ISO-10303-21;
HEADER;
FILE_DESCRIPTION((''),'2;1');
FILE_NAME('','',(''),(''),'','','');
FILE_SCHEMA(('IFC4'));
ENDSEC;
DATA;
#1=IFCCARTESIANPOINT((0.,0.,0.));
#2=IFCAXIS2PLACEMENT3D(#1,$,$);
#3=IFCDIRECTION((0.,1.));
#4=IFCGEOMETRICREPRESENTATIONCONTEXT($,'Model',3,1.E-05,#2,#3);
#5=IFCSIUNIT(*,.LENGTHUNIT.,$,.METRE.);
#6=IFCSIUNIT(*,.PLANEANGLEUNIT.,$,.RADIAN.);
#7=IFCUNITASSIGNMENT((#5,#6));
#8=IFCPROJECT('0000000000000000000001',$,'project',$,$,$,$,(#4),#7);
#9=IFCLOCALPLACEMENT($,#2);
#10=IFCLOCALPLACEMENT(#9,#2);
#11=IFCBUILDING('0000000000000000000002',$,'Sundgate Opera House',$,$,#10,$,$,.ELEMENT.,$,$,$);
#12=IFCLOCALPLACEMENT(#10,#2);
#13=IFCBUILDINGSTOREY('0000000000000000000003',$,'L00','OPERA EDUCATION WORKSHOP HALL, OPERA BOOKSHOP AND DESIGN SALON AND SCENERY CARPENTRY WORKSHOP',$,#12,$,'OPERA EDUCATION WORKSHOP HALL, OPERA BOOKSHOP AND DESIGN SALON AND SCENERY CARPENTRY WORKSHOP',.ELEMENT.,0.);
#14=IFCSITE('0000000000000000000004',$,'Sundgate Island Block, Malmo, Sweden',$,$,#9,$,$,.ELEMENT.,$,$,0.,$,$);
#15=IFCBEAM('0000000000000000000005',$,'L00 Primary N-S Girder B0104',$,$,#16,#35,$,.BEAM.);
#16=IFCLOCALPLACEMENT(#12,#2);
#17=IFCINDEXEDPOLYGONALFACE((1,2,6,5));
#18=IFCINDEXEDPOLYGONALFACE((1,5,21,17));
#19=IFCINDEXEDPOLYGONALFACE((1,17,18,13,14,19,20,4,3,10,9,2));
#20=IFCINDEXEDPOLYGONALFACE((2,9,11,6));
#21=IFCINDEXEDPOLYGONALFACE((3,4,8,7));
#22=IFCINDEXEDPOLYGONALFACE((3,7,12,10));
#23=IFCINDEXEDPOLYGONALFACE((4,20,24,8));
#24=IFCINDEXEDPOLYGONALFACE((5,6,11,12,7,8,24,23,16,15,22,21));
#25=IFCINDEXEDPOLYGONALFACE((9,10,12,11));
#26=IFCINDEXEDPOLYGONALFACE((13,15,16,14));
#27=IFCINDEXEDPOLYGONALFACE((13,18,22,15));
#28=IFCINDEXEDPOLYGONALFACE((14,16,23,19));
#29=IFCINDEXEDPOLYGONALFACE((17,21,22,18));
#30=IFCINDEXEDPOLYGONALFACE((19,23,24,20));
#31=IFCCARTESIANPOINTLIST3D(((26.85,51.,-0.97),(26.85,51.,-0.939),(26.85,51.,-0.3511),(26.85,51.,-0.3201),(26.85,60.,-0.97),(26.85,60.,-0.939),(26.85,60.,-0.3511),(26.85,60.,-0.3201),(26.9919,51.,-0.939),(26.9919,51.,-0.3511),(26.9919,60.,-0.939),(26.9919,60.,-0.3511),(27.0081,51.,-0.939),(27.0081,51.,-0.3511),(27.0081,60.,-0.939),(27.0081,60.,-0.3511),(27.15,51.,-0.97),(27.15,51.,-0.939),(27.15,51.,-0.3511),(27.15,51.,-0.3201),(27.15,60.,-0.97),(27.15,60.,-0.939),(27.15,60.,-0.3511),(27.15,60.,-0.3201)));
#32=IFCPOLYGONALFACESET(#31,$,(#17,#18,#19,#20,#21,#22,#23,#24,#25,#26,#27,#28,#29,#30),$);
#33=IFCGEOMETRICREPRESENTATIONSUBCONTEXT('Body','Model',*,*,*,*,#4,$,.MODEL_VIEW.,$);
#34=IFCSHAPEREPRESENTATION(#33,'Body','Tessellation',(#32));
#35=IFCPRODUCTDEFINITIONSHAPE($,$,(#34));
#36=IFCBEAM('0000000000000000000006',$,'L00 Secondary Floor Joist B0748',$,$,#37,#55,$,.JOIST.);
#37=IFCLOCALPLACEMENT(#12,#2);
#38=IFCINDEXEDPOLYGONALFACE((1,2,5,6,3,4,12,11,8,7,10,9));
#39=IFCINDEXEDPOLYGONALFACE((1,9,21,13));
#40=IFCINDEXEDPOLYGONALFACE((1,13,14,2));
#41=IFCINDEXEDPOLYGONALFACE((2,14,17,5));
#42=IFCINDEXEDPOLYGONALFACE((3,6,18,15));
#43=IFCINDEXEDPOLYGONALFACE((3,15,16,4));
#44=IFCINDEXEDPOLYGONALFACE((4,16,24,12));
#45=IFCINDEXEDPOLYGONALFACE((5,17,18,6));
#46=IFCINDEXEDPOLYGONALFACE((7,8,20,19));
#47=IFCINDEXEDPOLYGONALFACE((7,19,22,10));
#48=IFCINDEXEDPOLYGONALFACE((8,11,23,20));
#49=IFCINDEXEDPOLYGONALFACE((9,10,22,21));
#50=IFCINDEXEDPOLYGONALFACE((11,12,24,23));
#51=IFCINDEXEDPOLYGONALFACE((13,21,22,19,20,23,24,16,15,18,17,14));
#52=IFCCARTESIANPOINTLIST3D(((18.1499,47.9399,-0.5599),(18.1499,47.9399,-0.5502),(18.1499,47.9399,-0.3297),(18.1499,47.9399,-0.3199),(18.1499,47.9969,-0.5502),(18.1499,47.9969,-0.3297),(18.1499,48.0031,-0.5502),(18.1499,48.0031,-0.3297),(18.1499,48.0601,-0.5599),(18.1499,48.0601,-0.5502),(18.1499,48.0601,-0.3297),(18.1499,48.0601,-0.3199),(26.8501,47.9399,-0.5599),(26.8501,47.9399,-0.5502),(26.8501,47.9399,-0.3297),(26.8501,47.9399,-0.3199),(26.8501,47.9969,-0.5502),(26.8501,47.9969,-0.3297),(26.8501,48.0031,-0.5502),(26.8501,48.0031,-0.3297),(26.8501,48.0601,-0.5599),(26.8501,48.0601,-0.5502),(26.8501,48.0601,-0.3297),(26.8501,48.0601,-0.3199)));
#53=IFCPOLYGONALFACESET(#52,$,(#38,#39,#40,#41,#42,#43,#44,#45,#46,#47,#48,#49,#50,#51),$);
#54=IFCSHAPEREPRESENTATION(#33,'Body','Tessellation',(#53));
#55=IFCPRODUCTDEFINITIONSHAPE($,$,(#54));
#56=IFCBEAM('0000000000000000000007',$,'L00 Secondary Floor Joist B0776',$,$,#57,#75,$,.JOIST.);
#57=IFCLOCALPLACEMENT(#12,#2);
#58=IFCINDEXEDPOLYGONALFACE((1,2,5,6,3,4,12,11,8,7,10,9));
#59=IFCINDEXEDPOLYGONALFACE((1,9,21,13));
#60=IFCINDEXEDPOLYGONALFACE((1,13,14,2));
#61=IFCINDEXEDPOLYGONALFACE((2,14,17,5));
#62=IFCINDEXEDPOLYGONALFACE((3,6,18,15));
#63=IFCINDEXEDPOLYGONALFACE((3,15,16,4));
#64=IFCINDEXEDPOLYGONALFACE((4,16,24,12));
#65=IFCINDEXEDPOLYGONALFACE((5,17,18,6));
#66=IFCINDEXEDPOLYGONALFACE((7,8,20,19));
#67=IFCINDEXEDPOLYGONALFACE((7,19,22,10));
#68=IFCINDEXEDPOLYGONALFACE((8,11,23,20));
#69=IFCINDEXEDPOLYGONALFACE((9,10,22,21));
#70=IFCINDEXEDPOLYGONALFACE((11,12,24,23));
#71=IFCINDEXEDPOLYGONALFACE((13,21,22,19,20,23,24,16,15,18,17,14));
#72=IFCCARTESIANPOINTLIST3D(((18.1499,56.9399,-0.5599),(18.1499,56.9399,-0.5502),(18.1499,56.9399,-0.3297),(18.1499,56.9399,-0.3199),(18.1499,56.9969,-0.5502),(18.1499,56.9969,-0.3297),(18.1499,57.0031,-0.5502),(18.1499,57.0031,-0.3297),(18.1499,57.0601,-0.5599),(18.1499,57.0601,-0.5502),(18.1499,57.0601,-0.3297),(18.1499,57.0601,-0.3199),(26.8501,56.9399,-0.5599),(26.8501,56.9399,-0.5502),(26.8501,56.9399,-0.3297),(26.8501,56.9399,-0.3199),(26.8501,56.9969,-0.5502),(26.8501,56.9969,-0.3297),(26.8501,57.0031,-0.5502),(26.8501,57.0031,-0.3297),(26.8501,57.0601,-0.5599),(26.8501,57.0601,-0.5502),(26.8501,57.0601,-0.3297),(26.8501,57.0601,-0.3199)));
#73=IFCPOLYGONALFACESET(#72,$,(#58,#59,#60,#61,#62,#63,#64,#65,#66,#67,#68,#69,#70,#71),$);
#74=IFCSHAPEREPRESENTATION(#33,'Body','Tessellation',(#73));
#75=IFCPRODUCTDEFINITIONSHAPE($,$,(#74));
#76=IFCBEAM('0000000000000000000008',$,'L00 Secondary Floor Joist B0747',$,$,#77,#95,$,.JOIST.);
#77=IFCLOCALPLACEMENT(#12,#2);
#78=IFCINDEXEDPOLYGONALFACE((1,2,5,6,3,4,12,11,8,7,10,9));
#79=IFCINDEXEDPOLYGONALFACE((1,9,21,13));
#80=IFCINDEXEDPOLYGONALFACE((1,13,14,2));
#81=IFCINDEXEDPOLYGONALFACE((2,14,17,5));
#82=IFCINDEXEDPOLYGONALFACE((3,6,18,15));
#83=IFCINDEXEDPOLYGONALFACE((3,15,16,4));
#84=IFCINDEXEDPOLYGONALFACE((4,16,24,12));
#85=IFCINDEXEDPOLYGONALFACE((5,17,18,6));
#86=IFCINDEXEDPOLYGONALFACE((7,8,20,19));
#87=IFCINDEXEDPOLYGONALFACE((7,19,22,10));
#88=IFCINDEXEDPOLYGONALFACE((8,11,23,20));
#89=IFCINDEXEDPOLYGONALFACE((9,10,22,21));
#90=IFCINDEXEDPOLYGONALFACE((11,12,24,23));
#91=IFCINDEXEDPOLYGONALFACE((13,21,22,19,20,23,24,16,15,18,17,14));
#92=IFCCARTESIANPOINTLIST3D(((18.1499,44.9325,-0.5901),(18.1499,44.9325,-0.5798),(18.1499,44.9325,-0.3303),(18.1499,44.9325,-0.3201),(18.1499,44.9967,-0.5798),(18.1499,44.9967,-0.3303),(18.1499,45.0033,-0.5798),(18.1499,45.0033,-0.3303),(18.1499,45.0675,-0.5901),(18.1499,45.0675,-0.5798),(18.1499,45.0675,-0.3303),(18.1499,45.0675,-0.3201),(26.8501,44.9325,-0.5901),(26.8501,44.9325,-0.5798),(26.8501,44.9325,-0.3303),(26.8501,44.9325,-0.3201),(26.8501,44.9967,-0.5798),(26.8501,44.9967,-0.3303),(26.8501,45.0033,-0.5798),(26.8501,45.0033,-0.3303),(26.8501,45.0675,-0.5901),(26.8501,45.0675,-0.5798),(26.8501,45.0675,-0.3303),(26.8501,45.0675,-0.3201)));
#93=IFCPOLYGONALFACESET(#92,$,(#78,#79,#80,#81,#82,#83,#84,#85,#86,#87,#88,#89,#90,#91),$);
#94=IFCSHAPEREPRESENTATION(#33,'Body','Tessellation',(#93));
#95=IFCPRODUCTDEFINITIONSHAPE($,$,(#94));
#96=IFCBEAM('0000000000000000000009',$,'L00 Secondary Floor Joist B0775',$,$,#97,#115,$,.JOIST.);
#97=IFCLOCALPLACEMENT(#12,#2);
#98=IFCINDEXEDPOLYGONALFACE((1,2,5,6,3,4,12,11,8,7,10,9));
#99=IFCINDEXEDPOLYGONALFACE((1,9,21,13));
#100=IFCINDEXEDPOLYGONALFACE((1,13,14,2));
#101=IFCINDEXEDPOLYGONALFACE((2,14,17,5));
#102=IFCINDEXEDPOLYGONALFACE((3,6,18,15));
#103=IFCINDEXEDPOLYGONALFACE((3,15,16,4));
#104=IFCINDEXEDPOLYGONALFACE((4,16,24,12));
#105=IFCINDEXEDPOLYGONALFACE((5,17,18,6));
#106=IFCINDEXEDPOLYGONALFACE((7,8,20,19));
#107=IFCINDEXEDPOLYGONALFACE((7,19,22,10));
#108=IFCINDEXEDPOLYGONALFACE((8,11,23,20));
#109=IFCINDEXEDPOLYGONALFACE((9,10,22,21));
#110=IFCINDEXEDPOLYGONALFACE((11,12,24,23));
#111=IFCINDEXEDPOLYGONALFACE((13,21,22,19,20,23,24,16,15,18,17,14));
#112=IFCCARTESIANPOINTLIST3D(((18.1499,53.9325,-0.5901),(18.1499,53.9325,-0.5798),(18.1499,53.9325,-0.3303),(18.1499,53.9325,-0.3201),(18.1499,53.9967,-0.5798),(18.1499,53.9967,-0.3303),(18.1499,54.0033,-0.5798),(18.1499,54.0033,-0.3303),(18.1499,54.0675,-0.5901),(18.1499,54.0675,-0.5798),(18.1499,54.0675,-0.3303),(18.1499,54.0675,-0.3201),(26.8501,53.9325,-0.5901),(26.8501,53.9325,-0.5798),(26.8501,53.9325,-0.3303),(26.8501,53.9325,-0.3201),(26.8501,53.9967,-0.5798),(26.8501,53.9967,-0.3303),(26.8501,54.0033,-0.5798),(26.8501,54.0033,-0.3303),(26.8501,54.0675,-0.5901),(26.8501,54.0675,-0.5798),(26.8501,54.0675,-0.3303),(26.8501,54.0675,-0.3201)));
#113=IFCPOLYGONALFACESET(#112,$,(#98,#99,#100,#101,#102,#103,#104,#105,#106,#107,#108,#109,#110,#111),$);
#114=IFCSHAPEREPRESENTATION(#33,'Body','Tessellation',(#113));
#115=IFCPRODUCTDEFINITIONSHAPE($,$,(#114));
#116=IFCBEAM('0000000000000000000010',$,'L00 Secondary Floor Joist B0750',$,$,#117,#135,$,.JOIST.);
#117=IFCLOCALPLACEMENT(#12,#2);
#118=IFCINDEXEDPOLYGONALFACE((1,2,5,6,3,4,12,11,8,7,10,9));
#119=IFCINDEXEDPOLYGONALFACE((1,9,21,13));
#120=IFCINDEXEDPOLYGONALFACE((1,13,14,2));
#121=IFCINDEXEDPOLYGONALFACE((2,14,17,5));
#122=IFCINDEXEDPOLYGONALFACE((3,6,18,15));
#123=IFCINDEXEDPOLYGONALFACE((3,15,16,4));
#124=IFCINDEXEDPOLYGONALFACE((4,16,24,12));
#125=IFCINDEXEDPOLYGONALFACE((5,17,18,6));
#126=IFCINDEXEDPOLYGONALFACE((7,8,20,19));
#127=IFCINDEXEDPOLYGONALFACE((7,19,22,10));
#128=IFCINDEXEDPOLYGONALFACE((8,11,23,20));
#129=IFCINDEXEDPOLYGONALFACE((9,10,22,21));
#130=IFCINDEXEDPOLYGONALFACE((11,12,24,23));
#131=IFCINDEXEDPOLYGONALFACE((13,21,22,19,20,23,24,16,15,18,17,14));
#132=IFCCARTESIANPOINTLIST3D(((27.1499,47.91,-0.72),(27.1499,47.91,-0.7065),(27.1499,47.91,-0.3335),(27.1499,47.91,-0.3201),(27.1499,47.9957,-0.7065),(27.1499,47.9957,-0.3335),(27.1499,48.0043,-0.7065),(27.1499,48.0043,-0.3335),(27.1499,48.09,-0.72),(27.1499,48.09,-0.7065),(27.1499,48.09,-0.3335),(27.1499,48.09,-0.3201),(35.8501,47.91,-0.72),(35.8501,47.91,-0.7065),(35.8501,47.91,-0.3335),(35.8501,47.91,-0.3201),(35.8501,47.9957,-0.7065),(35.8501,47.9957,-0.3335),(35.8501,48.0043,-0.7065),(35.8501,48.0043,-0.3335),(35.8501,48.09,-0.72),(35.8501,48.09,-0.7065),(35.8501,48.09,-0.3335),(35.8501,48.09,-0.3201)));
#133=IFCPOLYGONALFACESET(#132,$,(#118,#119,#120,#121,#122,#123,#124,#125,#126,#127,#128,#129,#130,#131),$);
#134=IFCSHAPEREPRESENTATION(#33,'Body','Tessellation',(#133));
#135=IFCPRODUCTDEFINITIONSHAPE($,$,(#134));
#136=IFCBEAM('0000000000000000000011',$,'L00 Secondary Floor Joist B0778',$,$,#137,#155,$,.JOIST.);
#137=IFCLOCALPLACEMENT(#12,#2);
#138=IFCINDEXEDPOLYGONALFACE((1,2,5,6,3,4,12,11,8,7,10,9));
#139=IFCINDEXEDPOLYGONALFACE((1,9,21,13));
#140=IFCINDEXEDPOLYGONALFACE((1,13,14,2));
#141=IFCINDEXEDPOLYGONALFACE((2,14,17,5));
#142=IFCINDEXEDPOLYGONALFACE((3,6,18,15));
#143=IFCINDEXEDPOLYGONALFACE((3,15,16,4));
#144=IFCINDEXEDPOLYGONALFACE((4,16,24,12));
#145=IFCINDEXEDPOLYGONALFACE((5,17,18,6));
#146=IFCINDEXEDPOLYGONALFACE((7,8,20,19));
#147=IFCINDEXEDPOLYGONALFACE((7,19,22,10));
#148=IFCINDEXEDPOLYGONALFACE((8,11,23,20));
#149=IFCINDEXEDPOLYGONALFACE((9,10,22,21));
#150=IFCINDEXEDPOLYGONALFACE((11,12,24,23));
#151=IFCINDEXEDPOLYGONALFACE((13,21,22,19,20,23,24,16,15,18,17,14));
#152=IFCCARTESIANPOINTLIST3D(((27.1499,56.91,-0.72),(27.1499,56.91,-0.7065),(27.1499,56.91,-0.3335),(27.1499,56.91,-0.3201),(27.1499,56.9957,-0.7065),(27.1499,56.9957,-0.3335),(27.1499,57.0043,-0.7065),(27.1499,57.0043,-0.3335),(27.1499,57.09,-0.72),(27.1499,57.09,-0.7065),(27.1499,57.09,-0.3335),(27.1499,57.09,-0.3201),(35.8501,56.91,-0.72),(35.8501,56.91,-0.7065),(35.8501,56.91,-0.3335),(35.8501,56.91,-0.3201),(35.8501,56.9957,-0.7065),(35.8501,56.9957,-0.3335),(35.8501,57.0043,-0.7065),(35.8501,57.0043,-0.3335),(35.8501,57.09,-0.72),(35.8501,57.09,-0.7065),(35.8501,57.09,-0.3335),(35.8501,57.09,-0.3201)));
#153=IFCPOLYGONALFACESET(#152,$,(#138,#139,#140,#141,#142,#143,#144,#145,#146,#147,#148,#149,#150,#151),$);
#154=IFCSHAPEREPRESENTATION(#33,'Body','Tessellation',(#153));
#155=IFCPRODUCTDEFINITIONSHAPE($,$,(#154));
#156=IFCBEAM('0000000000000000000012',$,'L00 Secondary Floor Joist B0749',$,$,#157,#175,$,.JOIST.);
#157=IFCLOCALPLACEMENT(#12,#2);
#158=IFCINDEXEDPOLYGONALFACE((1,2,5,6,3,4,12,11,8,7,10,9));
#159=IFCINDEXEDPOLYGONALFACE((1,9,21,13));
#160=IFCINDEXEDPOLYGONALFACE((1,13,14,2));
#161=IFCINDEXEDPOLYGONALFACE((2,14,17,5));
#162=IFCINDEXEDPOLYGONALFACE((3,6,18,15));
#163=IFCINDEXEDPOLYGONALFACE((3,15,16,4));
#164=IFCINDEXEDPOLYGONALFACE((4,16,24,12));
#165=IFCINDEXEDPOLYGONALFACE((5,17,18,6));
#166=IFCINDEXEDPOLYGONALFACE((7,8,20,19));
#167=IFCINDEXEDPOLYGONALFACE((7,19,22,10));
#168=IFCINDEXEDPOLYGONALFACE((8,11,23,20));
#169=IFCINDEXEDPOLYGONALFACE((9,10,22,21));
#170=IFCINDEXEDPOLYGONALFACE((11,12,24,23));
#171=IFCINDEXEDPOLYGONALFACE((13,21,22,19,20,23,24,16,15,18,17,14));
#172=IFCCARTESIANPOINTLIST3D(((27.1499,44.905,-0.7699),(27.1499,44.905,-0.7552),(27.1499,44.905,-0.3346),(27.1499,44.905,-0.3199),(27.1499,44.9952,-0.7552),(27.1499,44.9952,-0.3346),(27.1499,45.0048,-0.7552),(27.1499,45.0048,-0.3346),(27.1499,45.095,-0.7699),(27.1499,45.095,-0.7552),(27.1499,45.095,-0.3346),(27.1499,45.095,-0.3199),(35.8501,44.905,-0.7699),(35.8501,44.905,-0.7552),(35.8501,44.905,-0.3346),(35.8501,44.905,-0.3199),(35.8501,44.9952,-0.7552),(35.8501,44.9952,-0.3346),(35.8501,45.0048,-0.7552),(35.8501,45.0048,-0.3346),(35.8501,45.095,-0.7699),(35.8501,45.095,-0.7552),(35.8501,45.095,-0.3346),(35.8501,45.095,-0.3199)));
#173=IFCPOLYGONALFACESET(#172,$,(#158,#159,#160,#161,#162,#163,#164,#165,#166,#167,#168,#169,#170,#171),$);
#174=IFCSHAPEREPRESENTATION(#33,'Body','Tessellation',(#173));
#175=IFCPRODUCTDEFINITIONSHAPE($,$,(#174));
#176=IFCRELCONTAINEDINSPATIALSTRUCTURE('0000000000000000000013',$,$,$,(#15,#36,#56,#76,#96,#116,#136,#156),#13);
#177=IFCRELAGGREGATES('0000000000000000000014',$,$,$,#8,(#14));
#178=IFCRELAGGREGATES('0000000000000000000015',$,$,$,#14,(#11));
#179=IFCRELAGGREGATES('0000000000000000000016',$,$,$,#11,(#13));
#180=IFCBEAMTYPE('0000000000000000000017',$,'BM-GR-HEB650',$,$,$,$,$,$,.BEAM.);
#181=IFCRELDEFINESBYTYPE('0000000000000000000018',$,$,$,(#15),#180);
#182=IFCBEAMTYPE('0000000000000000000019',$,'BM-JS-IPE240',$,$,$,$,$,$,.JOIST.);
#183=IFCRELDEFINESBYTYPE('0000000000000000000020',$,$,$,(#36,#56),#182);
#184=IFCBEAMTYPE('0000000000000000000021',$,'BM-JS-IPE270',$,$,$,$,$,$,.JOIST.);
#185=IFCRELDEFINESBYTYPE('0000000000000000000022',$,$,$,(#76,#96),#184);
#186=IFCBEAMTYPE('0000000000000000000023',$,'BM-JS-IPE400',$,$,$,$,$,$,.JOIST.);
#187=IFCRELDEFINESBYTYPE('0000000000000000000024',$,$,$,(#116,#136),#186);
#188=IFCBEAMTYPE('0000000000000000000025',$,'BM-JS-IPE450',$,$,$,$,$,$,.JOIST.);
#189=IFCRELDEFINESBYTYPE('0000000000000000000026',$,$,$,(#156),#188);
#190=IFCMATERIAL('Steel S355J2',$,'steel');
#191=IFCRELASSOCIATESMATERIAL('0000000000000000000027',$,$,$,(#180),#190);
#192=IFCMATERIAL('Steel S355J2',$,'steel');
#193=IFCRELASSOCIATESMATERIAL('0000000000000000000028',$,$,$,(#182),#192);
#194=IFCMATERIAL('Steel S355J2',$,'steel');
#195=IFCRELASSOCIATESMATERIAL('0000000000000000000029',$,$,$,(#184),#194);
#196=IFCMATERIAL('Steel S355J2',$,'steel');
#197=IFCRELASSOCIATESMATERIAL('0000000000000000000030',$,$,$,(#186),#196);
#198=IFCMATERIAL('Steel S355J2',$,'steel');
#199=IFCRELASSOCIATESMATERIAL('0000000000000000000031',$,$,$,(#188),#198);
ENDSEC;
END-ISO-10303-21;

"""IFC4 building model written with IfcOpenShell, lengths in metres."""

from ifc_helpers import new_model, si_unit, direction, frame, origin, origin_2d, place, context, subcontext, project, spatial, i_section, extrude, material, material_profile, profile_set, type_object, element, save


model = new_model("IFC4")

# Units and contexts
model_context = context("Model", 3, precision=1e-05, world=origin(), true_north=direction((0.0, 1.0)))
body_context = subcontext(model_context, "Body", "Model", "MODEL_VIEW")
ifc_project = project(units=[si_unit("LENGTHUNIT", "METRE"), si_unit("PLANEANGLEUNIT", "RADIAN")], contexts=[model_context])

# Site, building, storey
site_placement = place(None, origin())
site = spatial("IfcSite", under=ifc_project, at=site_placement, Name="Sundgate Island Block, Malmo, Sweden", CompositionType="ELEMENT", RefElevation=0.0)
building_placement = place(site_placement, origin())
building = spatial("IfcBuilding", under=site, at=building_placement, Name="Sundgate Opera House", CompositionType="ELEMENT")
storey_placement = place(building_placement, origin())
storey = spatial("IfcBuildingStorey", under=building, at=storey_placement, Name="L00", Description="OPERA EDUCATION WORKSHOP HALL, OPERA BOOKSHOP AND DESIGN SALON AND SCENERY CARPENTRY WORKSHOP", LongName="OPERA EDUCATION WORKSHOP HALL, OPERA BOOKSHOP AND DESIGN SALON AND SCENERY CARPENTRY WORKSHOP", CompositionType="ELEMENT", Elevation=0.0)

# Beams
ifc_material_1 = material(Name="Steel S355J2", Category="steel")
ifc_material_profile_1 = material_profile(ifc_material_1, i_section(OverallWidth=0.3, OverallDepth=0.6499, WebThickness=0.0161, FlangeThickness=0.031, at=origin_2d()), Name="HEB 650")
ifc_profile_set_1 = profile_set([ifc_material_profile_1], Name="Steel S355J2")
beam_type_1 = type_object("IfcBeamType", Name="BM-GR-HEB650", PredefinedType="BEAM", material=ifc_profile_set_1)
beam_1_placement = place(storey_placement, frame((27.0, 51.0, -0.645), z_axis=(0.0, 1.0, 0.0), x_axis=(-1.0, 0.0, 0.0)))
element("IfcBeam", 1, at=beam_1_placement, inside=storey, type_object=beam_type_1, Name="L00 Primary N-S Girder B0104", PredefinedType="BEAM", context=body_context, shape_type="SweptSolid", body=[
    extrude(i_section(OverallWidth=0.3, OverallDepth=0.6499, WebThickness=0.0161, FlangeThickness=0.031, at=origin_2d()), origin(), (0.0, 0.0, 1.0), 9.0),
])
ifc_material_2 = material(Name="Steel S355J2", Category="steel")
ifc_material_profile_2 = material_profile(ifc_material_2, i_section(OverallWidth=0.1201, OverallDepth=0.24, WebThickness=0.0061, FlangeThickness=0.0098, at=origin_2d()), Name="IPE 240")
ifc_profile_set_2 = profile_set([ifc_material_profile_2], Name="Steel S355J2")
beam_type_2 = type_object("IfcBeamType", Name="BM-JS-IPE240", PredefinedType="JOIST", material=ifc_profile_set_2)
for number, where, z_axis, x_axis, name in (
    (2, (18.1499, 48.0, -0.4399), (1.0, 0.0, 0.0), (0.0, 1.0, 0.0), "L00 Secondary Floor Joist B0748"),
    (3, (18.1499, 57.0, -0.4399), (1.0, 0.0, 0.0), (0.0, 1.0, 0.0), "L00 Secondary Floor Joist B0776"),
):
    element("IfcBeam", number, at=place(storey_placement, frame(where, z_axis=z_axis, x_axis=x_axis)), inside=storey, type_object=beam_type_2, Name=name, PredefinedType="JOIST", context=body_context, shape_type="SweptSolid", body=[
        extrude(i_section(OverallWidth=0.1201, OverallDepth=0.24, WebThickness=0.0061, FlangeThickness=0.0098, at=origin_2d()), origin(), (0.0, 0.0, 1.0), 8.7002),
    ])
ifc_material_3 = material(Name="Steel S355J2", Category="steel")
ifc_material_profile_3 = material_profile(ifc_material_3, i_section(OverallWidth=0.135, OverallDepth=0.27, WebThickness=0.0066, FlangeThickness=0.0103, at=origin_2d()), Name="IPE 270")
ifc_profile_set_3 = profile_set([ifc_material_profile_3], Name="Steel S355J2")
beam_type_3 = type_object("IfcBeamType", Name="BM-JS-IPE270", PredefinedType="JOIST", material=ifc_profile_set_3)
for number, where, z_axis, x_axis, name in (
    (4, (18.1499, 45.0, -0.4551), (1.0, 0.0, 0.0), (0.0, 1.0, 0.0), "L00 Secondary Floor Joist B0747"),
    (5, (18.1499, 54.0, -0.4551), (1.0, 0.0, 0.0), (0.0, 1.0, 0.0), "L00 Secondary Floor Joist B0775"),
):
    element("IfcBeam", number, at=place(storey_placement, frame(where, z_axis=z_axis, x_axis=x_axis)), inside=storey, type_object=beam_type_3, Name=name, PredefinedType="JOIST", context=body_context, shape_type="SweptSolid", body=[
        extrude(i_section(OverallWidth=0.135, OverallDepth=0.27, WebThickness=0.0066, FlangeThickness=0.0103, at=origin_2d()), origin(), (0.0, 0.0, 1.0), 8.7002),
    ])
ifc_material_4 = material(Name="Steel S355J2", Category="steel")
ifc_material_profile_4 = material_profile(ifc_material_4, i_section(OverallWidth=0.1799, OverallDepth=0.3999, WebThickness=0.0085, FlangeThickness=0.0134, at=origin_2d()), Name="IPE 400")
ifc_profile_set_4 = profile_set([ifc_material_profile_4], Name="Steel S355J2")
beam_type_4 = type_object("IfcBeamType", Name="BM-JS-IPE400", PredefinedType="JOIST", material=ifc_profile_set_4)
for number, where, z_axis, x_axis, name in (
    (6, (27.1499, 48.0, -0.52), (1.0, 0.0, 0.0), (0.0, 1.0, 0.0), "L00 Secondary Floor Joist B0750"),
    (7, (27.1499, 57.0, -0.52), (1.0, 0.0, 0.0), (0.0, 1.0, 0.0), "L00 Secondary Floor Joist B0778"),
):
    element("IfcBeam", number, at=place(storey_placement, frame(where, z_axis=z_axis, x_axis=x_axis)), inside=storey, type_object=beam_type_4, Name=name, PredefinedType="JOIST", context=body_context, shape_type="SweptSolid", body=[
        extrude(i_section(OverallWidth=0.1799, OverallDepth=0.3999, WebThickness=0.0085, FlangeThickness=0.0134, at=origin_2d()), origin(), (0.0, 0.0, 1.0), 8.7002),
    ])
ifc_material_5 = material(Name="Steel S355J2", Category="steel")
ifc_material_profile_5 = material_profile(ifc_material_5, i_section(OverallWidth=0.1899, OverallDepth=0.45, WebThickness=0.0095, FlangeThickness=0.0146, at=origin_2d()), Name="IPE 450")
ifc_profile_set_5 = profile_set([ifc_material_profile_5], Name="Steel S355J2")
beam_type_5 = type_object("IfcBeamType", Name="BM-JS-IPE450", PredefinedType="JOIST", material=ifc_profile_set_5)
for number, where, z_axis, x_axis, name in (
    (8, (27.1499, 45.0, -0.5449), (1.0, 0.0, 0.0), (0.0, 1.0, 0.0), "L00 Secondary Floor Joist B0749"),
):
    element("IfcBeam", number, at=place(storey_placement, frame(where, z_axis=z_axis, x_axis=x_axis)), inside=storey, type_object=beam_type_5, Name=name, PredefinedType="JOIST", context=body_context, shape_type="SweptSolid", body=[
        extrude(i_section(OverallWidth=0.1899, OverallDepth=0.45, WebThickness=0.0095, FlangeThickness=0.0146, at=origin_2d()), origin(), (0.0, 0.0, 1.0), 8.7002),
    ])

save(model, "model.ifc")
